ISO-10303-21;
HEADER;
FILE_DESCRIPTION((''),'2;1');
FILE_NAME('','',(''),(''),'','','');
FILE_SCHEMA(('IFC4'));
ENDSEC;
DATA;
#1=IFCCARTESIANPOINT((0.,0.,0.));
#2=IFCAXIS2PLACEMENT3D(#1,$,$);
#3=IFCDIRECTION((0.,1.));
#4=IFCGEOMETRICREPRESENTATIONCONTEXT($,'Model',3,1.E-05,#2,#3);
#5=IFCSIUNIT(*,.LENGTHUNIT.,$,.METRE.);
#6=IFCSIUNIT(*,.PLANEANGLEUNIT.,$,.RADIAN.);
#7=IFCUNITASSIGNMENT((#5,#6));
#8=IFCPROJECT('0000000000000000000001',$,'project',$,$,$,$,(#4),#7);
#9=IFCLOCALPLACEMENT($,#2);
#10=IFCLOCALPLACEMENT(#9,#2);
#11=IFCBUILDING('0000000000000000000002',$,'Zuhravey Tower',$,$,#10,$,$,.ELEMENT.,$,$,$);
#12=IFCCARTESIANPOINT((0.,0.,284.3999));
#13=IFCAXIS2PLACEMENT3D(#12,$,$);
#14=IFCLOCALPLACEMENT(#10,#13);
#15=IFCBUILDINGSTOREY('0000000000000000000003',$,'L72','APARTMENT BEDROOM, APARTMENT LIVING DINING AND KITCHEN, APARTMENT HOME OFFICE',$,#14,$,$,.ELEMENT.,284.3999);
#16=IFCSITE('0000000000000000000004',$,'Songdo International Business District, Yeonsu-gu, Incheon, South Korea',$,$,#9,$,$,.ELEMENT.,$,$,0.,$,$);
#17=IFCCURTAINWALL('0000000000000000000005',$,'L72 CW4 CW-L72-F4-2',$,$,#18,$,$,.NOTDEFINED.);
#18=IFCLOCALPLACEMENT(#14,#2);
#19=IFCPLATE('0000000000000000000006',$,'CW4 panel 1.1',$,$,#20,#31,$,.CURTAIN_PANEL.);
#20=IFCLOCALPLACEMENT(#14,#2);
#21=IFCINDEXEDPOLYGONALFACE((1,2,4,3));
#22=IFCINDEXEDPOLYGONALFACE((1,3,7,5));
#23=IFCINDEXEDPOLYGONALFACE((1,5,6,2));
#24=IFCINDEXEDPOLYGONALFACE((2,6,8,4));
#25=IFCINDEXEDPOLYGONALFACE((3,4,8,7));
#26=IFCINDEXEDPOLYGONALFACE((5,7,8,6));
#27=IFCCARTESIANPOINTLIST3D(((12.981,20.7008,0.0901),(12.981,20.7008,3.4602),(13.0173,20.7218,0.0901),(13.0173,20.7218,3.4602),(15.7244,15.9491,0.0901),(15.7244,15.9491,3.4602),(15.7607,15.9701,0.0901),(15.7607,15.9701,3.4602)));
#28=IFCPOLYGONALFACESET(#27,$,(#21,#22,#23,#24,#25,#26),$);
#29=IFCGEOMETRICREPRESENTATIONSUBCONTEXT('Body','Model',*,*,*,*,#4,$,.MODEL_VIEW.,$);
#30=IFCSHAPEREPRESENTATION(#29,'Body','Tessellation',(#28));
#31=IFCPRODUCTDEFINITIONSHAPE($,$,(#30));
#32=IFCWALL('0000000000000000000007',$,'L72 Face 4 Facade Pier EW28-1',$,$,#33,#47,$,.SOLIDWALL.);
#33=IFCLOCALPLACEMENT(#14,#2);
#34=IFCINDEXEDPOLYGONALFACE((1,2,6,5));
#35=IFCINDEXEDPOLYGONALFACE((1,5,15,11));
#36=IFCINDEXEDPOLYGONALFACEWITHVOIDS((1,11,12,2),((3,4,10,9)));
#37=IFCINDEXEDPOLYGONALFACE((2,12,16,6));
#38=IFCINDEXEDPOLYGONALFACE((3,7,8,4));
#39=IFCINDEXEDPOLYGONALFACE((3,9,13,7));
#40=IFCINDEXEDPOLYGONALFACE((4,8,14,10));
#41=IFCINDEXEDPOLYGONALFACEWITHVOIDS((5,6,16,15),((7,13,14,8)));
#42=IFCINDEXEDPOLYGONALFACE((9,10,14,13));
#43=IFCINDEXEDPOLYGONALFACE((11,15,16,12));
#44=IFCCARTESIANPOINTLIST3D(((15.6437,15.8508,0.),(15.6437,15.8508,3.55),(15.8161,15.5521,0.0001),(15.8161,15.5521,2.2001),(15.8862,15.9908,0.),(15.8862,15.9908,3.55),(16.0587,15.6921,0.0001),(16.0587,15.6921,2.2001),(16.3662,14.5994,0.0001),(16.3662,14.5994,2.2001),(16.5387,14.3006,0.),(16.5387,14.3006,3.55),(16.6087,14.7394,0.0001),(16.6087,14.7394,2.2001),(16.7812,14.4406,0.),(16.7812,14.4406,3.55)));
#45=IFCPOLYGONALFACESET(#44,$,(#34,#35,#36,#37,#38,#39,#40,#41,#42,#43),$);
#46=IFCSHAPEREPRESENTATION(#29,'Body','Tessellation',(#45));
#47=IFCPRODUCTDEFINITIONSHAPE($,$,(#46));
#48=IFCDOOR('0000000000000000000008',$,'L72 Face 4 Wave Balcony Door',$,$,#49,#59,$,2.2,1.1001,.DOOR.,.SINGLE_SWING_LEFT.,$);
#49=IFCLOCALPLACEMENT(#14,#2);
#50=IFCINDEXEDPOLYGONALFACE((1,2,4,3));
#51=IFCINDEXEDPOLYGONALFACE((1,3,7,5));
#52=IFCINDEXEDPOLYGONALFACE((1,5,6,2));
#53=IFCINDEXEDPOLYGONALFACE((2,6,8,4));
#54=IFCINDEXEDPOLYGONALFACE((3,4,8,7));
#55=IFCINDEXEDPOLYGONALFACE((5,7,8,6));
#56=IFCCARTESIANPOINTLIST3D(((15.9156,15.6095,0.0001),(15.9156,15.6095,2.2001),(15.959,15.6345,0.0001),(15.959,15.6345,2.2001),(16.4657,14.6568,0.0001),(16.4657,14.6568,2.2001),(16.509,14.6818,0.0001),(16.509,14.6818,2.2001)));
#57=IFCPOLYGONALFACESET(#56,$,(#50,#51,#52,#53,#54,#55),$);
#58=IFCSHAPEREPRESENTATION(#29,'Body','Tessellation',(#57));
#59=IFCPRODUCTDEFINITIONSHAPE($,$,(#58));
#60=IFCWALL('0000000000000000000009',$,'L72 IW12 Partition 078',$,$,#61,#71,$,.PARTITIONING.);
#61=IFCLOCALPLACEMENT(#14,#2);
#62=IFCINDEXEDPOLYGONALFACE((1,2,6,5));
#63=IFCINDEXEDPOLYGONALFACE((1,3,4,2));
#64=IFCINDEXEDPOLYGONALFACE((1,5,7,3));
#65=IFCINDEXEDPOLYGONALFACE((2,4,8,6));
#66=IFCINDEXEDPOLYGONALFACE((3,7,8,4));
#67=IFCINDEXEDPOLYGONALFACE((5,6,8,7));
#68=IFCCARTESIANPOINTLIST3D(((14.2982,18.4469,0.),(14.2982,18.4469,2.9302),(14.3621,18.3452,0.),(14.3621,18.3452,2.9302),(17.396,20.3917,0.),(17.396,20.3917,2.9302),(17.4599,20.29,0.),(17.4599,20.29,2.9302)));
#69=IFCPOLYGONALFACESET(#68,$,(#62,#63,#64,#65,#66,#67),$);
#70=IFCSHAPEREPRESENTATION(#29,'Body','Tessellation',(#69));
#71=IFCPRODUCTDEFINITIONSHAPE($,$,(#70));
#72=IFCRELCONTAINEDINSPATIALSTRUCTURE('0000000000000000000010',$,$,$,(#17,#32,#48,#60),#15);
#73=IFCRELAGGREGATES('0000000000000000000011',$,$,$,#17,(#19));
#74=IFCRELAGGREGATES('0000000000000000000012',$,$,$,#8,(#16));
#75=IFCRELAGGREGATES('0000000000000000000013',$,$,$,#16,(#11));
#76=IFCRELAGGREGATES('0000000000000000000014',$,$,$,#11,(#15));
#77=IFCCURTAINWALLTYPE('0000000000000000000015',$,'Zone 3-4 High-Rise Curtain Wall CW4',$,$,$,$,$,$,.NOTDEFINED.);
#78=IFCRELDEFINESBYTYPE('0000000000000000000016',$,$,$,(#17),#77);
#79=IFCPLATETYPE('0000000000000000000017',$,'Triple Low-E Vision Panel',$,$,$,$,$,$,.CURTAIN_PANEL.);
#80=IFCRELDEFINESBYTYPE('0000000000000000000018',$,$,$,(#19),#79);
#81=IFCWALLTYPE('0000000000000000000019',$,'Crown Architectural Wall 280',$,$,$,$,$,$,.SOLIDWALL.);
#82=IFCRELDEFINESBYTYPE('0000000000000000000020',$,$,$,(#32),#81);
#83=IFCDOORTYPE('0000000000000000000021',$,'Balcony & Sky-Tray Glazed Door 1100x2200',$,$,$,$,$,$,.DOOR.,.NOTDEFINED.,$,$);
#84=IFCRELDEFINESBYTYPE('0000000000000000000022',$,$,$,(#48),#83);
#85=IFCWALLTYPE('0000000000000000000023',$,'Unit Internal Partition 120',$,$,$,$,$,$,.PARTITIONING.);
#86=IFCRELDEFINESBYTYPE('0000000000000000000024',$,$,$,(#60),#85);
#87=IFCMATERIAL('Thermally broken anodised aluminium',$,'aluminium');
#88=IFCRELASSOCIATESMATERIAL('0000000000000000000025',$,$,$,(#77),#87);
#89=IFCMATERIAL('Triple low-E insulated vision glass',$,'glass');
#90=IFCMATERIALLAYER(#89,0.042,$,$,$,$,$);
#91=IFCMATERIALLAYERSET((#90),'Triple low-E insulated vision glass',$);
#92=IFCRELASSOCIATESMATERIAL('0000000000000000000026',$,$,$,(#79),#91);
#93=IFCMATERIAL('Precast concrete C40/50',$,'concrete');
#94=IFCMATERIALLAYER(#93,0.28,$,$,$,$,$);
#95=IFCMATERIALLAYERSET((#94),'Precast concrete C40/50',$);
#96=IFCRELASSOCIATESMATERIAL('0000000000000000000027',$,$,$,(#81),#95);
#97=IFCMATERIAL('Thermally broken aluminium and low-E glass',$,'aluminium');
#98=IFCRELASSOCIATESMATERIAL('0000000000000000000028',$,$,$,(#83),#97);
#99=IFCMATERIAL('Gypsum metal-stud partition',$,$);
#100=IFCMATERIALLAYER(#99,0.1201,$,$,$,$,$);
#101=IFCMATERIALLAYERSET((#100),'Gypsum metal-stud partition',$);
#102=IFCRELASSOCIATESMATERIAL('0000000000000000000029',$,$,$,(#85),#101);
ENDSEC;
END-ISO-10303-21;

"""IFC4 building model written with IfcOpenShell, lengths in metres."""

from ifc_helpers import new_model, si_unit, direction, frame, frame_2d, origin, origin_2d, place, context, subcontext, project, spatial, rectangle, extrude, material, layer, layer_set, type_object, element, fill, aggregate, save


model = new_model("IFC4")

# Units and contexts
model_context = context("Model", 3, precision=1e-05, world=origin(), true_north=direction((0.0, 1.0)))
body_context = subcontext(model_context, "Body", "Model", "MODEL_VIEW")
ifc_project = project(units=[si_unit("LENGTHUNIT", "METRE"), si_unit("PLANEANGLEUNIT", "RADIAN")], contexts=[model_context])

# Site, building, storey
site_placement = place(None, origin())
site = spatial("IfcSite", under=ifc_project, at=site_placement, Name="Songdo International Business District, Yeonsu-gu, Incheon, South Korea", CompositionType="ELEMENT", RefElevation=0.0)
building_placement = place(site_placement, origin())
building = spatial("IfcBuilding", under=site, at=building_placement, Name="Zuhravey Tower", CompositionType="ELEMENT")
storey_placement = place(building_placement, frame((0.0, 0.0, 284.3999)))
storey = spatial("IfcBuildingStorey", under=building, at=storey_placement, Name="L72", Description="APARTMENT BEDROOM, APARTMENT LIVING DINING AND KITCHEN, APARTMENT HOME OFFICE", CompositionType="ELEMENT", Elevation=284.3999)

# Curtain wall
ifc_material_1 = material(Name="Thermally broken anodised aluminium", Category="aluminium")
curtain_wall_type = type_object("IfcCurtainWallType", Name="Zone 3-4 High-Rise Curtain Wall CW4", PredefinedType="NOTDEFINED", material=ifc_material_1)
curtain_wall_1_placement = place(storey_placement, origin())
curtain_wall_1 = element("IfcCurtainWall", 1, at=curtain_wall_1_placement, inside=storey, type_object=curtain_wall_type, Name="L72 CW4 CW-L72-F4-2", PredefinedType="NOTDEFINED")

# Plate
ifc_material_2 = material(Name="Triple low-E insulated vision glass", Category="glass")
ifc_layer_1 = layer(ifc_material_2, 0.042)
ifc_layer_set_1 = layer_set([ifc_layer_1], Name="Triple low-E insulated vision glass")
plate_type_1 = type_object("IfcPlateType", Name="Triple Low-E Vision Panel", PredefinedType="CURTAIN_PANEL", material=ifc_layer_set_1)
plate_1_placement = place(storey_placement, frame((14.3708, 18.3354, 0.0901), z_axis=(0.0, 0.0, 1.0), x_axis=(-0.5, 0.866026, 0.0)))
plate_1 = element("IfcPlate", 2, at=plate_1_placement, type_object=plate_type_1, Name="CW4 panel 1.1", PredefinedType="CURTAIN_PANEL", context=body_context, shape_type="SweptSolid", body=[
    extrude(rectangle(XDim=5.4868, YDim=0.042, at=origin_2d()), origin(), (0.0, 0.0, 1.0), 3.3701),
])
aggregate(curtain_wall_1, [plate_1])

# Wall, opening, door
ifc_material_3 = material(Name="Precast concrete C40/50", Category="concrete")
ifc_layer_2 = layer(ifc_material_3, 0.28)
ifc_layer_set_2 = layer_set([ifc_layer_2], Name="Precast concrete C40/50")
wall_type_1 = type_object("IfcWallType", Name="Crown Architectural Wall 280", PredefinedType="SOLIDWALL", material=ifc_layer_set_2)
wall_1_placement = place(storey_placement, frame((16.6599, 14.3706, 0.0), z_axis=(0.0, 0.0, 1.0), x_axis=(-0.499982, 0.866036, 0.0)))
wall_1 = element("IfcWall", 3, at=wall_1_placement, inside=storey, type_object=wall_type_1, Name="L72 Face 4 Facade Pier EW28-1", PredefinedType="SOLIDWALL", context=body_context, shape_type="SweptSolid", body=[
    extrude(rectangle(XDim=1.79, YDim=0.28, at=frame_2d((0.895, 0.0))), origin(), (0.0, 0.0, 1.0), 3.55),
])
opening_placement = place(wall_1_placement, frame((0.345, 0.0, 0.0)))
opening = element("IfcOpeningElement", 4, at=opening_placement, cuts=wall_1, PredefinedType="OPENING", context=body_context, shape_type="SweptSolid", body=[
    extrude(rectangle(XDim=1.1001, YDim=2.2, at=frame_2d((0.55, 1.1001))), frame((0.0, 0.1521, 0.0), z_axis=(0.0, -1.0, 0.0), x_axis=(1.0, 0.0, 0.0)), (0.0, 0.0, 1.0), 0.304),
])
ifc_material_4 = material(Name="Thermally broken aluminium and low-E glass", Category="aluminium")
door_type = type_object("IfcDoorType", Name="Balcony & Sky-Tray Glazed Door 1100x2200", OperationType="NOTDEFINED", PredefinedType="DOOR", material=ifc_material_4)
door_placement = place(opening_placement, frame((1.1001, 0.0, 0.0), z_axis=(0.0, 0.0, 1.0), x_axis=(-1.0, 0.0, 0.0)))
door = element("IfcDoor", 5, at=door_placement, inside=storey, type_object=door_type, Name="L72 Face 4 Wave Balcony Door", OperationType="SINGLE_SWING_LEFT", OverallHeight=2.2, OverallWidth=1.1001, PredefinedType="DOOR", context=body_context, shape_type="SweptSolid", body=[
    extrude(rectangle(XDim=1.1001, YDim=2.2, at=frame_2d((0.55, 1.1001))), frame((0.0, 0.0249, 0.0), z_axis=(0.0, -1.0, 0.0), x_axis=(1.0, 0.0, 0.0)), (0.0, 0.0, 1.0), 0.05),
])
fill(opening, door)

# Wall
ifc_material_5 = material(Name="Gypsum metal-stud partition")
ifc_layer_3 = layer(ifc_material_5, 0.1201)
ifc_layer_set_3 = layer_set([ifc_layer_3], Name="Gypsum metal-stud partition")
wall_type_2 = type_object("IfcWallType", Name="Unit Internal Partition 120", PredefinedType="PARTITIONING", material=ifc_layer_set_3)
wall_2_placement = place(storey_placement, frame((17.428, 20.3408, 0.0), z_axis=(0.0, 0.0, 1.0), x_axis=(-0.846935, -0.531696, 0.0)))
element("IfcWall", 6, at=wall_2_placement, inside=storey, type_object=wall_type_2, Name="L72 IW12 Partition 078", PredefinedType="PARTITIONING", context=body_context, shape_type="SweptSolid", body=[
    extrude(rectangle(XDim=3.6577, YDim=0.1201, at=frame_2d((1.8289, 0.0))), origin(), (0.0, 0.0, 1.0), 2.9302),
])

save(model, "model.ifc")
